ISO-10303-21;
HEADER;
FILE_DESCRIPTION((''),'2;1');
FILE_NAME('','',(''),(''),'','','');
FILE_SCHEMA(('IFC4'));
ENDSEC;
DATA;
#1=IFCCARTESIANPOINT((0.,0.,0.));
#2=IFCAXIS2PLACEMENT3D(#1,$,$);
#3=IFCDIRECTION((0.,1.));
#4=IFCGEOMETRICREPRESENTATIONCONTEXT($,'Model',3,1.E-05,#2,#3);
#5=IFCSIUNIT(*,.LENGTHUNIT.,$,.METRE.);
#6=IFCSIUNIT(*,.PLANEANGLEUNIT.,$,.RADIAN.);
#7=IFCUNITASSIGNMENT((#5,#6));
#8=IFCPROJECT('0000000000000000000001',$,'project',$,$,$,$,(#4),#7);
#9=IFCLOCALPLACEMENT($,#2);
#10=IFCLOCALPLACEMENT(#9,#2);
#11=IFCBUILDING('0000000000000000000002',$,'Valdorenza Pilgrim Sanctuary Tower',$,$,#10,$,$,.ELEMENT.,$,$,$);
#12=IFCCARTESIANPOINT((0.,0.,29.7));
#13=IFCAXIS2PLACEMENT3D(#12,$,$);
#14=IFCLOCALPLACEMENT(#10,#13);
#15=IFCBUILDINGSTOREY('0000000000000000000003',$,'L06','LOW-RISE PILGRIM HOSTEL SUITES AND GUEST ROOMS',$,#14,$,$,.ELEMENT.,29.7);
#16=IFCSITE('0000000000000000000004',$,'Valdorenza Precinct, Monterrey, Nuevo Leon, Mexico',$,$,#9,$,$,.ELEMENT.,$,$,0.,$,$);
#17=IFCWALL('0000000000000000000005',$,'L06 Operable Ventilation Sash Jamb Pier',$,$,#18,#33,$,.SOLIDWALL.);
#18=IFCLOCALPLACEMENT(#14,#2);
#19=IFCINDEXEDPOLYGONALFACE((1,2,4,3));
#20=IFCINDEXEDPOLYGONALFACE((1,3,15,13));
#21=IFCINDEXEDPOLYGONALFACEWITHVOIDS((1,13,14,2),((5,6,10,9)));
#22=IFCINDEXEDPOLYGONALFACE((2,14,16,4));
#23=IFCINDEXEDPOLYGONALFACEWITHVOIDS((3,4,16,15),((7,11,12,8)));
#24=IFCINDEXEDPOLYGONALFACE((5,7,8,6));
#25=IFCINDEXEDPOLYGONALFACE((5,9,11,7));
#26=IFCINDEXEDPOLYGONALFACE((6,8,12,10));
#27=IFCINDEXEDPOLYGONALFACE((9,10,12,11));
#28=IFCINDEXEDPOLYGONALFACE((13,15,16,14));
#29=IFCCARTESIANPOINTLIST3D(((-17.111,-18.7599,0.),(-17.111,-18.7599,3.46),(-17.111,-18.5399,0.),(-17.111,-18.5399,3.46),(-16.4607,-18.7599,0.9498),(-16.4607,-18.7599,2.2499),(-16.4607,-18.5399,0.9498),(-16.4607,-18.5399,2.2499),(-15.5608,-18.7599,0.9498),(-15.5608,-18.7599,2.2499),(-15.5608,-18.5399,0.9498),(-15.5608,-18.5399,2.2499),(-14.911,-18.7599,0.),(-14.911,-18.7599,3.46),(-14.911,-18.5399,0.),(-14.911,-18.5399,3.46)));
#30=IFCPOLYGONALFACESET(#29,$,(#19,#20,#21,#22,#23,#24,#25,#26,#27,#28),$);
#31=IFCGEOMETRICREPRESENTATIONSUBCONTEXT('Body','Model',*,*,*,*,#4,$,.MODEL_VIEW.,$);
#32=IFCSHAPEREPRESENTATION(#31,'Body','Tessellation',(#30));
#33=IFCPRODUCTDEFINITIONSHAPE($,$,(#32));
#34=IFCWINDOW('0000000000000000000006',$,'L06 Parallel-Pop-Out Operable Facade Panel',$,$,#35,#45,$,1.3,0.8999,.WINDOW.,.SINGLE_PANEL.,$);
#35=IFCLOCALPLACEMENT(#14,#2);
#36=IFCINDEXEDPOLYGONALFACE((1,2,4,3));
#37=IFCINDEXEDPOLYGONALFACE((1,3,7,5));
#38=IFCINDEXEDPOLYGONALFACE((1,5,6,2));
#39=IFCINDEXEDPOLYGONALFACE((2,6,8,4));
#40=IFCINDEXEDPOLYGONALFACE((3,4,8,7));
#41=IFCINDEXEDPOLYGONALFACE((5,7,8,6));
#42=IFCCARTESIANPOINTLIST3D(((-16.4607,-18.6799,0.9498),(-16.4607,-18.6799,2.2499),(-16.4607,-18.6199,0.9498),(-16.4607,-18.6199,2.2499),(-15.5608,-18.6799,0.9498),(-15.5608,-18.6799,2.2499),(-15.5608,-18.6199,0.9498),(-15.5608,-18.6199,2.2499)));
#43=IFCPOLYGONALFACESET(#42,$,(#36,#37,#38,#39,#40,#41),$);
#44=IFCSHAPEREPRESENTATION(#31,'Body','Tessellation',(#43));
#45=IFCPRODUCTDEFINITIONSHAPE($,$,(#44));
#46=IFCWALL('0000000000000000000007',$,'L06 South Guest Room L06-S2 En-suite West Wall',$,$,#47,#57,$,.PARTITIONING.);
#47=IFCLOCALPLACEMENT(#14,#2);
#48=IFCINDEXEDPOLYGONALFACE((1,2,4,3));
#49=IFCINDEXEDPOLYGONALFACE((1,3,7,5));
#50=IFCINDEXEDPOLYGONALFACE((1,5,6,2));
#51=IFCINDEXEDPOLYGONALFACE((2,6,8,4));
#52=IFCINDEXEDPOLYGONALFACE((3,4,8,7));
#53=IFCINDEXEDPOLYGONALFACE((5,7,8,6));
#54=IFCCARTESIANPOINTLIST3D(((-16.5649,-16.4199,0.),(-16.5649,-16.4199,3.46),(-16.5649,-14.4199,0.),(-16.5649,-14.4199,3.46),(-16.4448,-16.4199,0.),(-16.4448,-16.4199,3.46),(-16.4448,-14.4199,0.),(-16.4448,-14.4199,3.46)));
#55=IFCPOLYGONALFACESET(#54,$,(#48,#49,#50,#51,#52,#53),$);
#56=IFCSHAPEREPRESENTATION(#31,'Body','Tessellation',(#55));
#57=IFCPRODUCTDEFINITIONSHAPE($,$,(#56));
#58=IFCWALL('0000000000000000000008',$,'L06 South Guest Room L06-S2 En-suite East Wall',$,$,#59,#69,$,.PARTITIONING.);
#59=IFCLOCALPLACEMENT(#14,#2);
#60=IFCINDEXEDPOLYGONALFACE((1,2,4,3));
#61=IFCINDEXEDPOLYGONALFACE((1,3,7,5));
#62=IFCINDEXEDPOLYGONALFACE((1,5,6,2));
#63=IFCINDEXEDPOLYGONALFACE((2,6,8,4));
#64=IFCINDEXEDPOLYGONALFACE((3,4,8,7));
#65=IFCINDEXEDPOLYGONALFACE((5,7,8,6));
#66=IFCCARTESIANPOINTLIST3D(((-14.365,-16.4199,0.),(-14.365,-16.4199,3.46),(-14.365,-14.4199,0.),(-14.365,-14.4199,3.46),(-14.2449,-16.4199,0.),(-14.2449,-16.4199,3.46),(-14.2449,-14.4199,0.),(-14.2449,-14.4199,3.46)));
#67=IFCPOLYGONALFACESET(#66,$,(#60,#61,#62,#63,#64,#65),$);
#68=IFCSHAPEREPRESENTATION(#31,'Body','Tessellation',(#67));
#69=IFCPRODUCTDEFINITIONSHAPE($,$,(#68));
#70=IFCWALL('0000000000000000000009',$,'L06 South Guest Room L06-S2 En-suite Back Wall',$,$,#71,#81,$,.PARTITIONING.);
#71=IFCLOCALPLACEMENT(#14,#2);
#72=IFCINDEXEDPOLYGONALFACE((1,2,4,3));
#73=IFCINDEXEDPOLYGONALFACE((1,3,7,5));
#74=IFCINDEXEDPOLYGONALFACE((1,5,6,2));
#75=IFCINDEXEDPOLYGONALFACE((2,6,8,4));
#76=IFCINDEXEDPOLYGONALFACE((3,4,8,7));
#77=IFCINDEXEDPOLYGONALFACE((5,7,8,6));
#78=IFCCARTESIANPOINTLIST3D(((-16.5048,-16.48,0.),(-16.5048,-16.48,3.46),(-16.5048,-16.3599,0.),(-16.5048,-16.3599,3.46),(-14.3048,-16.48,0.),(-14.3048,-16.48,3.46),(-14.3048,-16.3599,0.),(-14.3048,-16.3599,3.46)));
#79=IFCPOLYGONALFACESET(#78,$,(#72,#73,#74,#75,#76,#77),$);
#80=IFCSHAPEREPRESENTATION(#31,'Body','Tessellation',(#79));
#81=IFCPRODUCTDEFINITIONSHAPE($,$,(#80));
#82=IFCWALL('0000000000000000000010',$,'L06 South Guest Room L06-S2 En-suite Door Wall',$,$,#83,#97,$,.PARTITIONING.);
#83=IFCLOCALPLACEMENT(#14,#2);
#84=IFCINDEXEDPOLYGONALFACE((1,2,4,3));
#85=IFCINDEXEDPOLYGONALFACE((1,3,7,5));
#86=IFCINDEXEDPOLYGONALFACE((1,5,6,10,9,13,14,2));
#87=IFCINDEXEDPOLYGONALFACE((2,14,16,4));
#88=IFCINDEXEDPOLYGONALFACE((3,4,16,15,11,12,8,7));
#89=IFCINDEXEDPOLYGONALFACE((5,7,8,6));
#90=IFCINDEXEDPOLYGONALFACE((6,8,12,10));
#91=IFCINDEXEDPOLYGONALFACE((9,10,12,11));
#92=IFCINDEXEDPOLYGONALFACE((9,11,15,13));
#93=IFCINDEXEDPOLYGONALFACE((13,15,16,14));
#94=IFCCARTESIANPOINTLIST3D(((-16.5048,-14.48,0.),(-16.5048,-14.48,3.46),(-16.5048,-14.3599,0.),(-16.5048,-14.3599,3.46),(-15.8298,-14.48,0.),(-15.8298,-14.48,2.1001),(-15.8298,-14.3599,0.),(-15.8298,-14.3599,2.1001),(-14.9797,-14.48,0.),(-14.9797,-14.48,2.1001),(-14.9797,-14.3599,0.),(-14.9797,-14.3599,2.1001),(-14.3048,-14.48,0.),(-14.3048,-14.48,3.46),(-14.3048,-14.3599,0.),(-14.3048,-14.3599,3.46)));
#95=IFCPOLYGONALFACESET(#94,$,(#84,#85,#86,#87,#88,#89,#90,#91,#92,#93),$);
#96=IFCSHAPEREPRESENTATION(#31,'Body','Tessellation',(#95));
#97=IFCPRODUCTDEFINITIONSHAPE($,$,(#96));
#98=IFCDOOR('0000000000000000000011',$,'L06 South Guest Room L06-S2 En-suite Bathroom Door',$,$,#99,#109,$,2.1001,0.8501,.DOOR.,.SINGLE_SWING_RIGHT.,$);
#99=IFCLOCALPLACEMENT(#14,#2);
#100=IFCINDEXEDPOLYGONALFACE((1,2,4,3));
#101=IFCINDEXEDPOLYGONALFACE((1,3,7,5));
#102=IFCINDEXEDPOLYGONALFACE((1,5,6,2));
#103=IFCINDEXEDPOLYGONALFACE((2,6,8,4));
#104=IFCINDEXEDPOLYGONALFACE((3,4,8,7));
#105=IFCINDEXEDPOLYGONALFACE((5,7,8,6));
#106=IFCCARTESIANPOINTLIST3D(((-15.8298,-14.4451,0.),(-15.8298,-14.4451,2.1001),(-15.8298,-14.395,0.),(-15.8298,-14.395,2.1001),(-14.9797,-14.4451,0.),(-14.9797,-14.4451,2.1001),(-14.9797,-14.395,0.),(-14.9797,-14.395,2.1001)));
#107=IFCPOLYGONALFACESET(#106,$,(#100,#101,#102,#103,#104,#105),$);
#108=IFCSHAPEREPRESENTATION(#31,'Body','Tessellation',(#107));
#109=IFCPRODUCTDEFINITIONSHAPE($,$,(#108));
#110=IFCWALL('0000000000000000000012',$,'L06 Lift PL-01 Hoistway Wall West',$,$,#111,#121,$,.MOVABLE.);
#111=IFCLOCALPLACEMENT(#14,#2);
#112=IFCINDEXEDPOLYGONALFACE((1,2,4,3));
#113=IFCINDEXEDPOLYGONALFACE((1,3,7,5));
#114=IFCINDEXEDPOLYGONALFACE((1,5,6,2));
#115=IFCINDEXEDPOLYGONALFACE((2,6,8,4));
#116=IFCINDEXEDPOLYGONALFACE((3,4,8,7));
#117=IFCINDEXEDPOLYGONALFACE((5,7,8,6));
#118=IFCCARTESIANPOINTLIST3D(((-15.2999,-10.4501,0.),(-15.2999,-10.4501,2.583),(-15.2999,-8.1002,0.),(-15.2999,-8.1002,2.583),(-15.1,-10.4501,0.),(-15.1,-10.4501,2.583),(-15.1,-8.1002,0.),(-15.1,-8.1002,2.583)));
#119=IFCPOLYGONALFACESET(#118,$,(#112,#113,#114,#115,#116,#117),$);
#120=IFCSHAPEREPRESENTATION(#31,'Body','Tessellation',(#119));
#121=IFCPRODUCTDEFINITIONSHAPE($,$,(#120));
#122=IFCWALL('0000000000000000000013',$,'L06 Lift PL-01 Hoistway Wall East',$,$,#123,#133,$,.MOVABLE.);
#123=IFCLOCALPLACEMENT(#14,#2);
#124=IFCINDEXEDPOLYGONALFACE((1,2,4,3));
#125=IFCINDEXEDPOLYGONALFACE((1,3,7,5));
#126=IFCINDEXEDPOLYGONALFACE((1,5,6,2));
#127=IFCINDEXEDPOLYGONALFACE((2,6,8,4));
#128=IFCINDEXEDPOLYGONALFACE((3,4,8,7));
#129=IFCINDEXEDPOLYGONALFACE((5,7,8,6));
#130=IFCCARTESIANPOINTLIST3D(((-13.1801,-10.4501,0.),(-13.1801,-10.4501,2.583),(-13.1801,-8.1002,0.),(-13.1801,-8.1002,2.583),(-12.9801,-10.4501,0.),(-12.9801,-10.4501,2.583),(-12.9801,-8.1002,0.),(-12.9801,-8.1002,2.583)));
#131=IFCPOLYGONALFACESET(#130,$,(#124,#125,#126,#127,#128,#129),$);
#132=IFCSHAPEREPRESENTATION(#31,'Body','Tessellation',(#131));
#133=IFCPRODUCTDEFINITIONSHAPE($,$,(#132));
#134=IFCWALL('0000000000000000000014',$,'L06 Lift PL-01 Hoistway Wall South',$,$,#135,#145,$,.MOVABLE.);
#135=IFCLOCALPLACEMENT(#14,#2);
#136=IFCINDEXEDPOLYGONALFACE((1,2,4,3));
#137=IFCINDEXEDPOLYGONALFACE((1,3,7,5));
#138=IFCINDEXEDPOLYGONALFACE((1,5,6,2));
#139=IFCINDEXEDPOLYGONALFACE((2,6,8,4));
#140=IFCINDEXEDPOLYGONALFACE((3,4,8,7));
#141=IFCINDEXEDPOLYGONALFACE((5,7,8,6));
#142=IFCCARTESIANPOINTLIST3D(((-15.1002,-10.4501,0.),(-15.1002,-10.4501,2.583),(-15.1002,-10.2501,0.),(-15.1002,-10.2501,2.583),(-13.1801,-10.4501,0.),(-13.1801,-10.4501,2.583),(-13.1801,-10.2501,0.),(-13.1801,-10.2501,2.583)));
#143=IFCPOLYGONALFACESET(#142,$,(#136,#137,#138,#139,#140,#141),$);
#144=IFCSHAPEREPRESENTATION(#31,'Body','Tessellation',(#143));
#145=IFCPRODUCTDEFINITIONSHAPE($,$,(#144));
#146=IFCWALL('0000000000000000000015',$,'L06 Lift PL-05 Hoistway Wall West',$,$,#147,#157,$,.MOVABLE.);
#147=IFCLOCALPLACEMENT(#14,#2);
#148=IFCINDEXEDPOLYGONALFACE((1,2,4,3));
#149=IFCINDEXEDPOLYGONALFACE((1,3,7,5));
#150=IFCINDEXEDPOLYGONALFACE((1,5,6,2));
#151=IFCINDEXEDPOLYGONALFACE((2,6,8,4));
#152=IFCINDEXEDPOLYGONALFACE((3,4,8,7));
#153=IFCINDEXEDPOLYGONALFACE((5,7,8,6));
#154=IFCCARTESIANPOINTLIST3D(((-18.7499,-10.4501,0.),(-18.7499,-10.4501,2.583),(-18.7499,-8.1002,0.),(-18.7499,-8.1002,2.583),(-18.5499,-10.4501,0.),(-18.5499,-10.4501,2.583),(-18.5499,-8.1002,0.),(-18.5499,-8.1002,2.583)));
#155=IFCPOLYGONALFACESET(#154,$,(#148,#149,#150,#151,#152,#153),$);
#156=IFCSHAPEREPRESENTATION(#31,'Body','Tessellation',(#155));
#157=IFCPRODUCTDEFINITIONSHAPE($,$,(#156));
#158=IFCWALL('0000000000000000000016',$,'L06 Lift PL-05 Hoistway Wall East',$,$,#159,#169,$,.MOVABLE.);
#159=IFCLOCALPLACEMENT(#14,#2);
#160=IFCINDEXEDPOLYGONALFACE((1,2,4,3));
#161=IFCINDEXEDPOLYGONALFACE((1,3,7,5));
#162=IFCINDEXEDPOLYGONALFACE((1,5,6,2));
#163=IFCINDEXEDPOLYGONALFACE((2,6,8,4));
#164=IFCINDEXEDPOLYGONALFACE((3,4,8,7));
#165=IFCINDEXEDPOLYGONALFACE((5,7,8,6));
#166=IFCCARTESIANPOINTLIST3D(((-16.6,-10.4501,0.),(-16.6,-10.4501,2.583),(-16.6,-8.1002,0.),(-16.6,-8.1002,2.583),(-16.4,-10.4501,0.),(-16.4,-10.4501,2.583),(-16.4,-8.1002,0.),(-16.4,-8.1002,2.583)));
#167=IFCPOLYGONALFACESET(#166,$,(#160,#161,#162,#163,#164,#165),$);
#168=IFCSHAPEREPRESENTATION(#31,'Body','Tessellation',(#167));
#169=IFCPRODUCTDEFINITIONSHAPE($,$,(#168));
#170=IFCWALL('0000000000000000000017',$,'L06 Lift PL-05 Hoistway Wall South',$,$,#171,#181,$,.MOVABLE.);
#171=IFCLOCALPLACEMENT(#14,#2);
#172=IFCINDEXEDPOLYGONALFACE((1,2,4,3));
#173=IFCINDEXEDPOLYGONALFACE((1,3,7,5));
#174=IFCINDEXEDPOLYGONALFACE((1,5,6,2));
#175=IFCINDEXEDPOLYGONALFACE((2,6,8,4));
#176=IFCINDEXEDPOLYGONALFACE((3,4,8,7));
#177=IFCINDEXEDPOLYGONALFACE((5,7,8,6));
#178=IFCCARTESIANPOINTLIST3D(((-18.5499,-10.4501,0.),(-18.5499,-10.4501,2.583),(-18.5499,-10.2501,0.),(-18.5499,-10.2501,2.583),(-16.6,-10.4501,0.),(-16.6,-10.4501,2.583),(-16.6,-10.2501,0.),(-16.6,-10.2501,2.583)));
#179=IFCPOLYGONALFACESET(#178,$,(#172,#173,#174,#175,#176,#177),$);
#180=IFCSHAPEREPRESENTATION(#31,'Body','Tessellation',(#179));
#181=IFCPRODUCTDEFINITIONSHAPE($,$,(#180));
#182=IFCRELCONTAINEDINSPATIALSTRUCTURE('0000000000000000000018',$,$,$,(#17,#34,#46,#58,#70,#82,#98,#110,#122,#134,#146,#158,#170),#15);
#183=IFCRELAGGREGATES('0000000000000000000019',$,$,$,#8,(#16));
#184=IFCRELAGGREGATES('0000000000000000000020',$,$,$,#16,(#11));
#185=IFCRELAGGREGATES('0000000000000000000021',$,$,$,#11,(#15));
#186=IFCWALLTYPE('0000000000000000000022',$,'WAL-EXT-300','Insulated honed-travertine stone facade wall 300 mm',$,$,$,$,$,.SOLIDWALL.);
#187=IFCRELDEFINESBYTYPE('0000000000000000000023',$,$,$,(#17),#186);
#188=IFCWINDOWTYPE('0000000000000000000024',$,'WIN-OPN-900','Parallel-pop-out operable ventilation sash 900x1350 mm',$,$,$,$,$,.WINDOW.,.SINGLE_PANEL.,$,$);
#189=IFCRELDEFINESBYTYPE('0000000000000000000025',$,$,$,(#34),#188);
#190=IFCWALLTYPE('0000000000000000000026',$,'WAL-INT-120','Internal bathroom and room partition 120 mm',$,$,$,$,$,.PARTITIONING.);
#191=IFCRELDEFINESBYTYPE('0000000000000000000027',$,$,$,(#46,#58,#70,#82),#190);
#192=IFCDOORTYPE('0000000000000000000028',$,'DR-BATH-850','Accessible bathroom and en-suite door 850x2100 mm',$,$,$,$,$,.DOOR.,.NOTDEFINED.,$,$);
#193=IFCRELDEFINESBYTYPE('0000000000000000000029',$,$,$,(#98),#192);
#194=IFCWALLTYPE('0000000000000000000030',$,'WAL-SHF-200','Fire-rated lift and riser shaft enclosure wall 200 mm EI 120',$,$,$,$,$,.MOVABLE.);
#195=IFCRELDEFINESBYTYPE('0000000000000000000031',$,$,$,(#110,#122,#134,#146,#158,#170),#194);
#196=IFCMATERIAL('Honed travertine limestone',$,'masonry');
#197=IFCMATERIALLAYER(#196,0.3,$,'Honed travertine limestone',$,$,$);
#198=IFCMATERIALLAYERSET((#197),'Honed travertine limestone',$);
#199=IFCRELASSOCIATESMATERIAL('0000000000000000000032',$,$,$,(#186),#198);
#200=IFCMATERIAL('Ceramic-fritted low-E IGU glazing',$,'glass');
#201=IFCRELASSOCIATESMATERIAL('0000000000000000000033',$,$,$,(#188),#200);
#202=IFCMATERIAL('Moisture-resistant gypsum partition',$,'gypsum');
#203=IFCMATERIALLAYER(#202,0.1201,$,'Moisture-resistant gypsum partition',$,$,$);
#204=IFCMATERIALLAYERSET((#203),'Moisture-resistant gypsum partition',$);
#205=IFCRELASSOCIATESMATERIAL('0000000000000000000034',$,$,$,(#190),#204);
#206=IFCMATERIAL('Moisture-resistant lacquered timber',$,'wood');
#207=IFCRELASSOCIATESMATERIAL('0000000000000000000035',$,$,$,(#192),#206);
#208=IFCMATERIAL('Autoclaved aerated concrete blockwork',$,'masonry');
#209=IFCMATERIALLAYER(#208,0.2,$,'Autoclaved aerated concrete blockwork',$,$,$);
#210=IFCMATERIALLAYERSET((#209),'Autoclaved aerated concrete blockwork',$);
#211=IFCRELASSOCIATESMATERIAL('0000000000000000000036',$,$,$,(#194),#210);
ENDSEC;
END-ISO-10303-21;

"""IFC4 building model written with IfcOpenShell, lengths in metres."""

from ifc_helpers import new_model, si_unit, direction, frame, frame_2d, origin, place, context, subcontext, project, spatial, rectangle, extrude, material, layer, layer_set, type_object, element, fill, save


model = new_model("IFC4")

# Units and contexts
model_context = context("Model", 3, precision=1e-05, world=origin(), true_north=direction((0.0, 1.0)))
body_context = subcontext(model_context, "Body", "Model", "MODEL_VIEW")
ifc_project = project(units=[si_unit("LENGTHUNIT", "METRE"), si_unit("PLANEANGLEUNIT", "RADIAN")], contexts=[model_context])

# Site, building, storey
site_placement = place(None, origin())
site = spatial("IfcSite", under=ifc_project, at=site_placement, Name="Valdorenza Precinct, Monterrey, Nuevo Leon, Mexico", CompositionType="ELEMENT", RefElevation=0.0)
building_placement = place(site_placement, origin())
building = spatial("IfcBuilding", under=site, at=building_placement, Name="Valdorenza Pilgrim Sanctuary Tower", CompositionType="ELEMENT")
storey_placement = place(building_placement, frame((0.0, 0.0, 29.7)))
storey = spatial("IfcBuildingStorey", under=building, at=storey_placement, Name="L06", Description="LOW-RISE PILGRIM HOSTEL SUITES AND GUEST ROOMS", CompositionType="ELEMENT", Elevation=29.7)

# Shared definitions
ifc_material_1 = material(Name="Ceramic-fritted low-E IGU glazing", Category="glass")
ifc_material_2 = material(Name="Honed travertine limestone", Category="masonry")

# Shared definitions
ifc_layer_1 = layer(ifc_material_2, 0.3, Name="Honed travertine limestone")
ifc_layer_set_1 = layer_set([ifc_layer_1], Name="Honed travertine limestone")
wall_type_1 = type_object("IfcWallType", Name="WAL-EXT-300", Description="Insulated honed-travertine stone facade wall 300 mm", PredefinedType="SOLIDWALL", material=ifc_layer_set_1)

# Wall, opening, window
wall_1_placement = place(storey_placement, frame((-14.9109, -18.6499, 0.0), z_axis=(0.0, 0.0, 1.0), x_axis=(-1.0, 0.0, 0.0)))
wall_1 = element("IfcWall", 1, at=wall_1_placement, inside=storey, type_object=wall_type_1, Name="L06 Operable Ventilation Sash Jamb Pier", PredefinedType="SOLIDWALL", context=body_context, shape_type="SweptSolid", body=[
    extrude(rectangle(XDim=2.2, YDim=0.22, at=frame_2d((1.1001, 0.0))), origin(), (0.0, 0.0, 1.0), 3.46),
])
opening_1_placement = place(wall_1_placement, frame((0.6499, 0.0, 0.95)))
opening_1 = element("IfcOpeningElement", 2, at=opening_1_placement, cuts=wall_1, PredefinedType="OPENING", context=body_context, shape_type="SweptSolid", body=[
    extrude(rectangle(XDim=0.8999, YDim=1.3, at=frame_2d((0.45, 0.6499))), frame((0.0, 0.125, 0.0), z_axis=(0.0, -1.0, 0.0), x_axis=(1.0, 0.0, 0.0)), (0.0, 0.0, 1.0), 0.2498),
])
window_type = type_object("IfcWindowType", Name="WIN-OPN-900", Description="Parallel-pop-out operable ventilation sash 900x1350 mm", PartitioningType="SINGLE_PANEL", PredefinedType="WINDOW", material=ifc_material_1)
window_placement = place(opening_1_placement, origin())
window = element("IfcWindow", 3, at=window_placement, inside=storey, type_object=window_type, Name="L06 Parallel-Pop-Out Operable Facade Panel", OverallHeight=1.3, OverallWidth=0.8999, PartitioningType="SINGLE_PANEL", PredefinedType="WINDOW", context=body_context, shape_type="SweptSolid", body=[
    extrude(rectangle(XDim=0.8999, YDim=1.3, at=frame_2d((0.45, 0.6499))), frame((0.0, 0.03, 0.0), z_axis=(0.0, -1.0, 0.0), x_axis=(1.0, 0.0, 0.0)), (0.0, 0.0, 1.0), 0.0601),
])
fill(opening_1, window)

# Walls
ifc_material_3 = material(Name="Moisture-resistant gypsum partition", Category="gypsum")
ifc_layer_2 = layer(ifc_material_3, 0.1201, Name="Moisture-resistant gypsum partition")
ifc_layer_set_2 = layer_set([ifc_layer_2], Name="Moisture-resistant gypsum partition")
wall_type_2 = type_object("IfcWallType", Name="WAL-INT-120", Description="Internal bathroom and room partition 120 mm", PredefinedType="PARTITIONING", material=ifc_layer_set_2)
for number, where, z_axis, x_axis, name in (
    (4, (-16.5049, -16.4199, 0.0), (0.0, 0.0, 1.0), (0.0, 1.0, 0.0), "L06 South Guest Room L06-S2 En-suite West Wall"),
    (5, (-14.3049, -16.4199, 0.0), (0.0, 0.0, 1.0), (0.0, 1.0, 0.0), "L06 South Guest Room L06-S2 En-suite East Wall"),
):
    element("IfcWall", number, at=place(storey_placement, frame(where, z_axis=z_axis, x_axis=x_axis)), inside=storey, type_object=wall_type_2, Name=name, PredefinedType="PARTITIONING", context=body_context, shape_type="SweptSolid", body=[
        extrude(rectangle(XDim=2.0, YDim=0.1201, at=frame_2d((1.0, 0.0))), origin(), (0.0, 0.0, 1.0), 3.46),
    ])
wall_2_placement = place(storey_placement, frame((-16.5049, -16.4199, 0.0), z_axis=(0.0, 0.0, 1.0), x_axis=(1.0, 0.0, 0.0)))
element("IfcWall", 6, at=wall_2_placement, inside=storey, type_object=wall_type_2, Name="L06 South Guest Room L06-S2 En-suite Back Wall", PredefinedType="PARTITIONING", context=body_context, shape_type="SweptSolid", body=[
    extrude(rectangle(XDim=2.2, YDim=0.1201, at=frame_2d((1.1001, 0.0))), origin(), (0.0, 0.0, 1.0), 3.46),
])

# Wall, opening, door
wall_3_placement = place(storey_placement, frame((-16.5049, -14.4199, 0.0), z_axis=(0.0, 0.0, 1.0), x_axis=(1.0, 0.0, 0.0)))
wall_3 = element("IfcWall", 7, at=wall_3_placement, inside=storey, type_object=wall_type_2, Name="L06 South Guest Room L06-S2 En-suite Door Wall", PredefinedType="PARTITIONING", context=body_context, shape_type="SweptSolid", body=[
    extrude(rectangle(XDim=2.2, YDim=0.1201, at=frame_2d((1.1001, 0.0))), origin(), (0.0, 0.0, 1.0), 3.46),
])
opening_2_placement = place(wall_3_placement, frame((0.675, 0.0, 0.0)))
opening_2 = element("IfcOpeningElement", 8, at=opening_2_placement, cuts=wall_3, PredefinedType="OPENING", context=body_context, shape_type="SweptSolid", body=[
    extrude(rectangle(XDim=0.8501, YDim=2.1001, at=frame_2d((0.425, 1.05))), frame((0.0, 0.075, 0.0), z_axis=(0.0, -1.0, 0.0), x_axis=(1.0, 0.0, 0.0)), (0.0, 0.0, 1.0), 0.1499),
])
ifc_material_4 = material(Name="Moisture-resistant lacquered timber", Category="wood")
door_type = type_object("IfcDoorType", Name="DR-BATH-850", Description="Accessible bathroom and en-suite door 850x2100 mm", OperationType="NOTDEFINED", PredefinedType="DOOR", material=ifc_material_4)
door_placement = place(opening_2_placement, origin())
door = element("IfcDoor", 9, at=door_placement, inside=storey, type_object=door_type, Name="L06 South Guest Room L06-S2 En-suite Bathroom Door", OperationType="SINGLE_SWING_RIGHT", OverallHeight=2.1001, OverallWidth=0.8501, PredefinedType="DOOR", context=body_context, shape_type="SweptSolid", body=[
    extrude(rectangle(XDim=0.8501, YDim=2.1001, at=frame_2d((0.425, 1.05))), frame((0.0, 0.0249, 0.0), z_axis=(0.0, -1.0, 0.0), x_axis=(1.0, 0.0, 0.0)), (0.0, 0.0, 1.0), 0.05),
])
fill(opening_2, door)

# Walls
ifc_material_5 = material(Name="Autoclaved aerated concrete blockwork", Category="masonry")
ifc_layer_3 = layer(ifc_material_5, 0.2, Name="Autoclaved aerated concrete blockwork")
ifc_layer_set_3 = layer_set([ifc_layer_3], Name="Autoclaved aerated concrete blockwork")
wall_type_3 = type_object("IfcWallType", Name="WAL-SHF-200", Description="Fire-rated lift and riser shaft enclosure wall 200 mm EI 120", PredefinedType="MOVABLE", material=ifc_layer_set_3)
for number, where, z_axis, x_axis, name in (
    (10, (-15.2, -10.45, 0.0), (0.0, 0.0, 1.0), (0.0, 1.0, 0.0), "L06 Lift PL-01 Hoistway Wall West"),
    (11, (-13.0801, -10.45, 0.0), (0.0, 0.0, 1.0), (0.0, 1.0, 0.0), "L06 Lift PL-01 Hoistway Wall East"),
):
    element("IfcWall", number, at=place(storey_placement, frame(where, z_axis=z_axis, x_axis=x_axis)), inside=storey, type_object=wall_type_3, Name=name, PredefinedType="MOVABLE", context=body_context, shape_type="SweptSolid", body=[
        extrude(rectangle(XDim=2.3499, YDim=0.2, at=frame_2d((1.1748, 0.0))), origin(), (0.0, 0.0, 1.0), 2.583),
    ])
wall_4_placement = place(storey_placement, frame((-15.1001, -10.3501, 0.0), z_axis=(0.0, 0.0, 1.0), x_axis=(1.0, 0.0, 0.0)))
element("IfcWall", 12, at=wall_4_placement, inside=storey, type_object=wall_type_3, Name="L06 Lift PL-01 Hoistway Wall South", PredefinedType="MOVABLE", context=body_context, shape_type="SweptSolid", body=[
    extrude(rectangle(XDim=1.9202, YDim=0.2, at=frame_2d((0.96, 0.0))), origin(), (0.0, 0.0, 1.0), 2.583),
])
for number, where, z_axis, x_axis, name in (
    (13, (-18.6499, -10.45, 0.0), (0.0, 0.0, 1.0), (0.0, 1.0, 0.0), "L06 Lift PL-05 Hoistway Wall West"),
    (14, (-16.5, -10.45, 0.0), (0.0, 0.0, 1.0), (0.0, 1.0, 0.0), "L06 Lift PL-05 Hoistway Wall East"),
):
    element("IfcWall", number, at=place(storey_placement, frame(where, z_axis=z_axis, x_axis=x_axis)), inside=storey, type_object=wall_type_3, Name=name, PredefinedType="MOVABLE", context=body_context, shape_type="SweptSolid", body=[
        extrude(rectangle(XDim=2.3499, YDim=0.2, at=frame_2d((1.1748, 0.0))), origin(), (0.0, 0.0, 1.0), 2.583),
    ])
wall_5_placement = place(storey_placement, frame((-18.55, -10.3501, 0.0), z_axis=(0.0, 0.0, 1.0), x_axis=(1.0, 0.0, 0.0)))
element("IfcWall", 15, at=wall_5_placement, inside=storey, type_object=wall_type_3, Name="L06 Lift PL-05 Hoistway Wall South", PredefinedType="MOVABLE", context=body_context, shape_type="SweptSolid", body=[
    extrude(rectangle(XDim=1.95, YDim=0.2, at=frame_2d((0.9751, 0.0))), origin(), (0.0, 0.0, 1.0), 2.583),
])

save(model, "model.ifc")
